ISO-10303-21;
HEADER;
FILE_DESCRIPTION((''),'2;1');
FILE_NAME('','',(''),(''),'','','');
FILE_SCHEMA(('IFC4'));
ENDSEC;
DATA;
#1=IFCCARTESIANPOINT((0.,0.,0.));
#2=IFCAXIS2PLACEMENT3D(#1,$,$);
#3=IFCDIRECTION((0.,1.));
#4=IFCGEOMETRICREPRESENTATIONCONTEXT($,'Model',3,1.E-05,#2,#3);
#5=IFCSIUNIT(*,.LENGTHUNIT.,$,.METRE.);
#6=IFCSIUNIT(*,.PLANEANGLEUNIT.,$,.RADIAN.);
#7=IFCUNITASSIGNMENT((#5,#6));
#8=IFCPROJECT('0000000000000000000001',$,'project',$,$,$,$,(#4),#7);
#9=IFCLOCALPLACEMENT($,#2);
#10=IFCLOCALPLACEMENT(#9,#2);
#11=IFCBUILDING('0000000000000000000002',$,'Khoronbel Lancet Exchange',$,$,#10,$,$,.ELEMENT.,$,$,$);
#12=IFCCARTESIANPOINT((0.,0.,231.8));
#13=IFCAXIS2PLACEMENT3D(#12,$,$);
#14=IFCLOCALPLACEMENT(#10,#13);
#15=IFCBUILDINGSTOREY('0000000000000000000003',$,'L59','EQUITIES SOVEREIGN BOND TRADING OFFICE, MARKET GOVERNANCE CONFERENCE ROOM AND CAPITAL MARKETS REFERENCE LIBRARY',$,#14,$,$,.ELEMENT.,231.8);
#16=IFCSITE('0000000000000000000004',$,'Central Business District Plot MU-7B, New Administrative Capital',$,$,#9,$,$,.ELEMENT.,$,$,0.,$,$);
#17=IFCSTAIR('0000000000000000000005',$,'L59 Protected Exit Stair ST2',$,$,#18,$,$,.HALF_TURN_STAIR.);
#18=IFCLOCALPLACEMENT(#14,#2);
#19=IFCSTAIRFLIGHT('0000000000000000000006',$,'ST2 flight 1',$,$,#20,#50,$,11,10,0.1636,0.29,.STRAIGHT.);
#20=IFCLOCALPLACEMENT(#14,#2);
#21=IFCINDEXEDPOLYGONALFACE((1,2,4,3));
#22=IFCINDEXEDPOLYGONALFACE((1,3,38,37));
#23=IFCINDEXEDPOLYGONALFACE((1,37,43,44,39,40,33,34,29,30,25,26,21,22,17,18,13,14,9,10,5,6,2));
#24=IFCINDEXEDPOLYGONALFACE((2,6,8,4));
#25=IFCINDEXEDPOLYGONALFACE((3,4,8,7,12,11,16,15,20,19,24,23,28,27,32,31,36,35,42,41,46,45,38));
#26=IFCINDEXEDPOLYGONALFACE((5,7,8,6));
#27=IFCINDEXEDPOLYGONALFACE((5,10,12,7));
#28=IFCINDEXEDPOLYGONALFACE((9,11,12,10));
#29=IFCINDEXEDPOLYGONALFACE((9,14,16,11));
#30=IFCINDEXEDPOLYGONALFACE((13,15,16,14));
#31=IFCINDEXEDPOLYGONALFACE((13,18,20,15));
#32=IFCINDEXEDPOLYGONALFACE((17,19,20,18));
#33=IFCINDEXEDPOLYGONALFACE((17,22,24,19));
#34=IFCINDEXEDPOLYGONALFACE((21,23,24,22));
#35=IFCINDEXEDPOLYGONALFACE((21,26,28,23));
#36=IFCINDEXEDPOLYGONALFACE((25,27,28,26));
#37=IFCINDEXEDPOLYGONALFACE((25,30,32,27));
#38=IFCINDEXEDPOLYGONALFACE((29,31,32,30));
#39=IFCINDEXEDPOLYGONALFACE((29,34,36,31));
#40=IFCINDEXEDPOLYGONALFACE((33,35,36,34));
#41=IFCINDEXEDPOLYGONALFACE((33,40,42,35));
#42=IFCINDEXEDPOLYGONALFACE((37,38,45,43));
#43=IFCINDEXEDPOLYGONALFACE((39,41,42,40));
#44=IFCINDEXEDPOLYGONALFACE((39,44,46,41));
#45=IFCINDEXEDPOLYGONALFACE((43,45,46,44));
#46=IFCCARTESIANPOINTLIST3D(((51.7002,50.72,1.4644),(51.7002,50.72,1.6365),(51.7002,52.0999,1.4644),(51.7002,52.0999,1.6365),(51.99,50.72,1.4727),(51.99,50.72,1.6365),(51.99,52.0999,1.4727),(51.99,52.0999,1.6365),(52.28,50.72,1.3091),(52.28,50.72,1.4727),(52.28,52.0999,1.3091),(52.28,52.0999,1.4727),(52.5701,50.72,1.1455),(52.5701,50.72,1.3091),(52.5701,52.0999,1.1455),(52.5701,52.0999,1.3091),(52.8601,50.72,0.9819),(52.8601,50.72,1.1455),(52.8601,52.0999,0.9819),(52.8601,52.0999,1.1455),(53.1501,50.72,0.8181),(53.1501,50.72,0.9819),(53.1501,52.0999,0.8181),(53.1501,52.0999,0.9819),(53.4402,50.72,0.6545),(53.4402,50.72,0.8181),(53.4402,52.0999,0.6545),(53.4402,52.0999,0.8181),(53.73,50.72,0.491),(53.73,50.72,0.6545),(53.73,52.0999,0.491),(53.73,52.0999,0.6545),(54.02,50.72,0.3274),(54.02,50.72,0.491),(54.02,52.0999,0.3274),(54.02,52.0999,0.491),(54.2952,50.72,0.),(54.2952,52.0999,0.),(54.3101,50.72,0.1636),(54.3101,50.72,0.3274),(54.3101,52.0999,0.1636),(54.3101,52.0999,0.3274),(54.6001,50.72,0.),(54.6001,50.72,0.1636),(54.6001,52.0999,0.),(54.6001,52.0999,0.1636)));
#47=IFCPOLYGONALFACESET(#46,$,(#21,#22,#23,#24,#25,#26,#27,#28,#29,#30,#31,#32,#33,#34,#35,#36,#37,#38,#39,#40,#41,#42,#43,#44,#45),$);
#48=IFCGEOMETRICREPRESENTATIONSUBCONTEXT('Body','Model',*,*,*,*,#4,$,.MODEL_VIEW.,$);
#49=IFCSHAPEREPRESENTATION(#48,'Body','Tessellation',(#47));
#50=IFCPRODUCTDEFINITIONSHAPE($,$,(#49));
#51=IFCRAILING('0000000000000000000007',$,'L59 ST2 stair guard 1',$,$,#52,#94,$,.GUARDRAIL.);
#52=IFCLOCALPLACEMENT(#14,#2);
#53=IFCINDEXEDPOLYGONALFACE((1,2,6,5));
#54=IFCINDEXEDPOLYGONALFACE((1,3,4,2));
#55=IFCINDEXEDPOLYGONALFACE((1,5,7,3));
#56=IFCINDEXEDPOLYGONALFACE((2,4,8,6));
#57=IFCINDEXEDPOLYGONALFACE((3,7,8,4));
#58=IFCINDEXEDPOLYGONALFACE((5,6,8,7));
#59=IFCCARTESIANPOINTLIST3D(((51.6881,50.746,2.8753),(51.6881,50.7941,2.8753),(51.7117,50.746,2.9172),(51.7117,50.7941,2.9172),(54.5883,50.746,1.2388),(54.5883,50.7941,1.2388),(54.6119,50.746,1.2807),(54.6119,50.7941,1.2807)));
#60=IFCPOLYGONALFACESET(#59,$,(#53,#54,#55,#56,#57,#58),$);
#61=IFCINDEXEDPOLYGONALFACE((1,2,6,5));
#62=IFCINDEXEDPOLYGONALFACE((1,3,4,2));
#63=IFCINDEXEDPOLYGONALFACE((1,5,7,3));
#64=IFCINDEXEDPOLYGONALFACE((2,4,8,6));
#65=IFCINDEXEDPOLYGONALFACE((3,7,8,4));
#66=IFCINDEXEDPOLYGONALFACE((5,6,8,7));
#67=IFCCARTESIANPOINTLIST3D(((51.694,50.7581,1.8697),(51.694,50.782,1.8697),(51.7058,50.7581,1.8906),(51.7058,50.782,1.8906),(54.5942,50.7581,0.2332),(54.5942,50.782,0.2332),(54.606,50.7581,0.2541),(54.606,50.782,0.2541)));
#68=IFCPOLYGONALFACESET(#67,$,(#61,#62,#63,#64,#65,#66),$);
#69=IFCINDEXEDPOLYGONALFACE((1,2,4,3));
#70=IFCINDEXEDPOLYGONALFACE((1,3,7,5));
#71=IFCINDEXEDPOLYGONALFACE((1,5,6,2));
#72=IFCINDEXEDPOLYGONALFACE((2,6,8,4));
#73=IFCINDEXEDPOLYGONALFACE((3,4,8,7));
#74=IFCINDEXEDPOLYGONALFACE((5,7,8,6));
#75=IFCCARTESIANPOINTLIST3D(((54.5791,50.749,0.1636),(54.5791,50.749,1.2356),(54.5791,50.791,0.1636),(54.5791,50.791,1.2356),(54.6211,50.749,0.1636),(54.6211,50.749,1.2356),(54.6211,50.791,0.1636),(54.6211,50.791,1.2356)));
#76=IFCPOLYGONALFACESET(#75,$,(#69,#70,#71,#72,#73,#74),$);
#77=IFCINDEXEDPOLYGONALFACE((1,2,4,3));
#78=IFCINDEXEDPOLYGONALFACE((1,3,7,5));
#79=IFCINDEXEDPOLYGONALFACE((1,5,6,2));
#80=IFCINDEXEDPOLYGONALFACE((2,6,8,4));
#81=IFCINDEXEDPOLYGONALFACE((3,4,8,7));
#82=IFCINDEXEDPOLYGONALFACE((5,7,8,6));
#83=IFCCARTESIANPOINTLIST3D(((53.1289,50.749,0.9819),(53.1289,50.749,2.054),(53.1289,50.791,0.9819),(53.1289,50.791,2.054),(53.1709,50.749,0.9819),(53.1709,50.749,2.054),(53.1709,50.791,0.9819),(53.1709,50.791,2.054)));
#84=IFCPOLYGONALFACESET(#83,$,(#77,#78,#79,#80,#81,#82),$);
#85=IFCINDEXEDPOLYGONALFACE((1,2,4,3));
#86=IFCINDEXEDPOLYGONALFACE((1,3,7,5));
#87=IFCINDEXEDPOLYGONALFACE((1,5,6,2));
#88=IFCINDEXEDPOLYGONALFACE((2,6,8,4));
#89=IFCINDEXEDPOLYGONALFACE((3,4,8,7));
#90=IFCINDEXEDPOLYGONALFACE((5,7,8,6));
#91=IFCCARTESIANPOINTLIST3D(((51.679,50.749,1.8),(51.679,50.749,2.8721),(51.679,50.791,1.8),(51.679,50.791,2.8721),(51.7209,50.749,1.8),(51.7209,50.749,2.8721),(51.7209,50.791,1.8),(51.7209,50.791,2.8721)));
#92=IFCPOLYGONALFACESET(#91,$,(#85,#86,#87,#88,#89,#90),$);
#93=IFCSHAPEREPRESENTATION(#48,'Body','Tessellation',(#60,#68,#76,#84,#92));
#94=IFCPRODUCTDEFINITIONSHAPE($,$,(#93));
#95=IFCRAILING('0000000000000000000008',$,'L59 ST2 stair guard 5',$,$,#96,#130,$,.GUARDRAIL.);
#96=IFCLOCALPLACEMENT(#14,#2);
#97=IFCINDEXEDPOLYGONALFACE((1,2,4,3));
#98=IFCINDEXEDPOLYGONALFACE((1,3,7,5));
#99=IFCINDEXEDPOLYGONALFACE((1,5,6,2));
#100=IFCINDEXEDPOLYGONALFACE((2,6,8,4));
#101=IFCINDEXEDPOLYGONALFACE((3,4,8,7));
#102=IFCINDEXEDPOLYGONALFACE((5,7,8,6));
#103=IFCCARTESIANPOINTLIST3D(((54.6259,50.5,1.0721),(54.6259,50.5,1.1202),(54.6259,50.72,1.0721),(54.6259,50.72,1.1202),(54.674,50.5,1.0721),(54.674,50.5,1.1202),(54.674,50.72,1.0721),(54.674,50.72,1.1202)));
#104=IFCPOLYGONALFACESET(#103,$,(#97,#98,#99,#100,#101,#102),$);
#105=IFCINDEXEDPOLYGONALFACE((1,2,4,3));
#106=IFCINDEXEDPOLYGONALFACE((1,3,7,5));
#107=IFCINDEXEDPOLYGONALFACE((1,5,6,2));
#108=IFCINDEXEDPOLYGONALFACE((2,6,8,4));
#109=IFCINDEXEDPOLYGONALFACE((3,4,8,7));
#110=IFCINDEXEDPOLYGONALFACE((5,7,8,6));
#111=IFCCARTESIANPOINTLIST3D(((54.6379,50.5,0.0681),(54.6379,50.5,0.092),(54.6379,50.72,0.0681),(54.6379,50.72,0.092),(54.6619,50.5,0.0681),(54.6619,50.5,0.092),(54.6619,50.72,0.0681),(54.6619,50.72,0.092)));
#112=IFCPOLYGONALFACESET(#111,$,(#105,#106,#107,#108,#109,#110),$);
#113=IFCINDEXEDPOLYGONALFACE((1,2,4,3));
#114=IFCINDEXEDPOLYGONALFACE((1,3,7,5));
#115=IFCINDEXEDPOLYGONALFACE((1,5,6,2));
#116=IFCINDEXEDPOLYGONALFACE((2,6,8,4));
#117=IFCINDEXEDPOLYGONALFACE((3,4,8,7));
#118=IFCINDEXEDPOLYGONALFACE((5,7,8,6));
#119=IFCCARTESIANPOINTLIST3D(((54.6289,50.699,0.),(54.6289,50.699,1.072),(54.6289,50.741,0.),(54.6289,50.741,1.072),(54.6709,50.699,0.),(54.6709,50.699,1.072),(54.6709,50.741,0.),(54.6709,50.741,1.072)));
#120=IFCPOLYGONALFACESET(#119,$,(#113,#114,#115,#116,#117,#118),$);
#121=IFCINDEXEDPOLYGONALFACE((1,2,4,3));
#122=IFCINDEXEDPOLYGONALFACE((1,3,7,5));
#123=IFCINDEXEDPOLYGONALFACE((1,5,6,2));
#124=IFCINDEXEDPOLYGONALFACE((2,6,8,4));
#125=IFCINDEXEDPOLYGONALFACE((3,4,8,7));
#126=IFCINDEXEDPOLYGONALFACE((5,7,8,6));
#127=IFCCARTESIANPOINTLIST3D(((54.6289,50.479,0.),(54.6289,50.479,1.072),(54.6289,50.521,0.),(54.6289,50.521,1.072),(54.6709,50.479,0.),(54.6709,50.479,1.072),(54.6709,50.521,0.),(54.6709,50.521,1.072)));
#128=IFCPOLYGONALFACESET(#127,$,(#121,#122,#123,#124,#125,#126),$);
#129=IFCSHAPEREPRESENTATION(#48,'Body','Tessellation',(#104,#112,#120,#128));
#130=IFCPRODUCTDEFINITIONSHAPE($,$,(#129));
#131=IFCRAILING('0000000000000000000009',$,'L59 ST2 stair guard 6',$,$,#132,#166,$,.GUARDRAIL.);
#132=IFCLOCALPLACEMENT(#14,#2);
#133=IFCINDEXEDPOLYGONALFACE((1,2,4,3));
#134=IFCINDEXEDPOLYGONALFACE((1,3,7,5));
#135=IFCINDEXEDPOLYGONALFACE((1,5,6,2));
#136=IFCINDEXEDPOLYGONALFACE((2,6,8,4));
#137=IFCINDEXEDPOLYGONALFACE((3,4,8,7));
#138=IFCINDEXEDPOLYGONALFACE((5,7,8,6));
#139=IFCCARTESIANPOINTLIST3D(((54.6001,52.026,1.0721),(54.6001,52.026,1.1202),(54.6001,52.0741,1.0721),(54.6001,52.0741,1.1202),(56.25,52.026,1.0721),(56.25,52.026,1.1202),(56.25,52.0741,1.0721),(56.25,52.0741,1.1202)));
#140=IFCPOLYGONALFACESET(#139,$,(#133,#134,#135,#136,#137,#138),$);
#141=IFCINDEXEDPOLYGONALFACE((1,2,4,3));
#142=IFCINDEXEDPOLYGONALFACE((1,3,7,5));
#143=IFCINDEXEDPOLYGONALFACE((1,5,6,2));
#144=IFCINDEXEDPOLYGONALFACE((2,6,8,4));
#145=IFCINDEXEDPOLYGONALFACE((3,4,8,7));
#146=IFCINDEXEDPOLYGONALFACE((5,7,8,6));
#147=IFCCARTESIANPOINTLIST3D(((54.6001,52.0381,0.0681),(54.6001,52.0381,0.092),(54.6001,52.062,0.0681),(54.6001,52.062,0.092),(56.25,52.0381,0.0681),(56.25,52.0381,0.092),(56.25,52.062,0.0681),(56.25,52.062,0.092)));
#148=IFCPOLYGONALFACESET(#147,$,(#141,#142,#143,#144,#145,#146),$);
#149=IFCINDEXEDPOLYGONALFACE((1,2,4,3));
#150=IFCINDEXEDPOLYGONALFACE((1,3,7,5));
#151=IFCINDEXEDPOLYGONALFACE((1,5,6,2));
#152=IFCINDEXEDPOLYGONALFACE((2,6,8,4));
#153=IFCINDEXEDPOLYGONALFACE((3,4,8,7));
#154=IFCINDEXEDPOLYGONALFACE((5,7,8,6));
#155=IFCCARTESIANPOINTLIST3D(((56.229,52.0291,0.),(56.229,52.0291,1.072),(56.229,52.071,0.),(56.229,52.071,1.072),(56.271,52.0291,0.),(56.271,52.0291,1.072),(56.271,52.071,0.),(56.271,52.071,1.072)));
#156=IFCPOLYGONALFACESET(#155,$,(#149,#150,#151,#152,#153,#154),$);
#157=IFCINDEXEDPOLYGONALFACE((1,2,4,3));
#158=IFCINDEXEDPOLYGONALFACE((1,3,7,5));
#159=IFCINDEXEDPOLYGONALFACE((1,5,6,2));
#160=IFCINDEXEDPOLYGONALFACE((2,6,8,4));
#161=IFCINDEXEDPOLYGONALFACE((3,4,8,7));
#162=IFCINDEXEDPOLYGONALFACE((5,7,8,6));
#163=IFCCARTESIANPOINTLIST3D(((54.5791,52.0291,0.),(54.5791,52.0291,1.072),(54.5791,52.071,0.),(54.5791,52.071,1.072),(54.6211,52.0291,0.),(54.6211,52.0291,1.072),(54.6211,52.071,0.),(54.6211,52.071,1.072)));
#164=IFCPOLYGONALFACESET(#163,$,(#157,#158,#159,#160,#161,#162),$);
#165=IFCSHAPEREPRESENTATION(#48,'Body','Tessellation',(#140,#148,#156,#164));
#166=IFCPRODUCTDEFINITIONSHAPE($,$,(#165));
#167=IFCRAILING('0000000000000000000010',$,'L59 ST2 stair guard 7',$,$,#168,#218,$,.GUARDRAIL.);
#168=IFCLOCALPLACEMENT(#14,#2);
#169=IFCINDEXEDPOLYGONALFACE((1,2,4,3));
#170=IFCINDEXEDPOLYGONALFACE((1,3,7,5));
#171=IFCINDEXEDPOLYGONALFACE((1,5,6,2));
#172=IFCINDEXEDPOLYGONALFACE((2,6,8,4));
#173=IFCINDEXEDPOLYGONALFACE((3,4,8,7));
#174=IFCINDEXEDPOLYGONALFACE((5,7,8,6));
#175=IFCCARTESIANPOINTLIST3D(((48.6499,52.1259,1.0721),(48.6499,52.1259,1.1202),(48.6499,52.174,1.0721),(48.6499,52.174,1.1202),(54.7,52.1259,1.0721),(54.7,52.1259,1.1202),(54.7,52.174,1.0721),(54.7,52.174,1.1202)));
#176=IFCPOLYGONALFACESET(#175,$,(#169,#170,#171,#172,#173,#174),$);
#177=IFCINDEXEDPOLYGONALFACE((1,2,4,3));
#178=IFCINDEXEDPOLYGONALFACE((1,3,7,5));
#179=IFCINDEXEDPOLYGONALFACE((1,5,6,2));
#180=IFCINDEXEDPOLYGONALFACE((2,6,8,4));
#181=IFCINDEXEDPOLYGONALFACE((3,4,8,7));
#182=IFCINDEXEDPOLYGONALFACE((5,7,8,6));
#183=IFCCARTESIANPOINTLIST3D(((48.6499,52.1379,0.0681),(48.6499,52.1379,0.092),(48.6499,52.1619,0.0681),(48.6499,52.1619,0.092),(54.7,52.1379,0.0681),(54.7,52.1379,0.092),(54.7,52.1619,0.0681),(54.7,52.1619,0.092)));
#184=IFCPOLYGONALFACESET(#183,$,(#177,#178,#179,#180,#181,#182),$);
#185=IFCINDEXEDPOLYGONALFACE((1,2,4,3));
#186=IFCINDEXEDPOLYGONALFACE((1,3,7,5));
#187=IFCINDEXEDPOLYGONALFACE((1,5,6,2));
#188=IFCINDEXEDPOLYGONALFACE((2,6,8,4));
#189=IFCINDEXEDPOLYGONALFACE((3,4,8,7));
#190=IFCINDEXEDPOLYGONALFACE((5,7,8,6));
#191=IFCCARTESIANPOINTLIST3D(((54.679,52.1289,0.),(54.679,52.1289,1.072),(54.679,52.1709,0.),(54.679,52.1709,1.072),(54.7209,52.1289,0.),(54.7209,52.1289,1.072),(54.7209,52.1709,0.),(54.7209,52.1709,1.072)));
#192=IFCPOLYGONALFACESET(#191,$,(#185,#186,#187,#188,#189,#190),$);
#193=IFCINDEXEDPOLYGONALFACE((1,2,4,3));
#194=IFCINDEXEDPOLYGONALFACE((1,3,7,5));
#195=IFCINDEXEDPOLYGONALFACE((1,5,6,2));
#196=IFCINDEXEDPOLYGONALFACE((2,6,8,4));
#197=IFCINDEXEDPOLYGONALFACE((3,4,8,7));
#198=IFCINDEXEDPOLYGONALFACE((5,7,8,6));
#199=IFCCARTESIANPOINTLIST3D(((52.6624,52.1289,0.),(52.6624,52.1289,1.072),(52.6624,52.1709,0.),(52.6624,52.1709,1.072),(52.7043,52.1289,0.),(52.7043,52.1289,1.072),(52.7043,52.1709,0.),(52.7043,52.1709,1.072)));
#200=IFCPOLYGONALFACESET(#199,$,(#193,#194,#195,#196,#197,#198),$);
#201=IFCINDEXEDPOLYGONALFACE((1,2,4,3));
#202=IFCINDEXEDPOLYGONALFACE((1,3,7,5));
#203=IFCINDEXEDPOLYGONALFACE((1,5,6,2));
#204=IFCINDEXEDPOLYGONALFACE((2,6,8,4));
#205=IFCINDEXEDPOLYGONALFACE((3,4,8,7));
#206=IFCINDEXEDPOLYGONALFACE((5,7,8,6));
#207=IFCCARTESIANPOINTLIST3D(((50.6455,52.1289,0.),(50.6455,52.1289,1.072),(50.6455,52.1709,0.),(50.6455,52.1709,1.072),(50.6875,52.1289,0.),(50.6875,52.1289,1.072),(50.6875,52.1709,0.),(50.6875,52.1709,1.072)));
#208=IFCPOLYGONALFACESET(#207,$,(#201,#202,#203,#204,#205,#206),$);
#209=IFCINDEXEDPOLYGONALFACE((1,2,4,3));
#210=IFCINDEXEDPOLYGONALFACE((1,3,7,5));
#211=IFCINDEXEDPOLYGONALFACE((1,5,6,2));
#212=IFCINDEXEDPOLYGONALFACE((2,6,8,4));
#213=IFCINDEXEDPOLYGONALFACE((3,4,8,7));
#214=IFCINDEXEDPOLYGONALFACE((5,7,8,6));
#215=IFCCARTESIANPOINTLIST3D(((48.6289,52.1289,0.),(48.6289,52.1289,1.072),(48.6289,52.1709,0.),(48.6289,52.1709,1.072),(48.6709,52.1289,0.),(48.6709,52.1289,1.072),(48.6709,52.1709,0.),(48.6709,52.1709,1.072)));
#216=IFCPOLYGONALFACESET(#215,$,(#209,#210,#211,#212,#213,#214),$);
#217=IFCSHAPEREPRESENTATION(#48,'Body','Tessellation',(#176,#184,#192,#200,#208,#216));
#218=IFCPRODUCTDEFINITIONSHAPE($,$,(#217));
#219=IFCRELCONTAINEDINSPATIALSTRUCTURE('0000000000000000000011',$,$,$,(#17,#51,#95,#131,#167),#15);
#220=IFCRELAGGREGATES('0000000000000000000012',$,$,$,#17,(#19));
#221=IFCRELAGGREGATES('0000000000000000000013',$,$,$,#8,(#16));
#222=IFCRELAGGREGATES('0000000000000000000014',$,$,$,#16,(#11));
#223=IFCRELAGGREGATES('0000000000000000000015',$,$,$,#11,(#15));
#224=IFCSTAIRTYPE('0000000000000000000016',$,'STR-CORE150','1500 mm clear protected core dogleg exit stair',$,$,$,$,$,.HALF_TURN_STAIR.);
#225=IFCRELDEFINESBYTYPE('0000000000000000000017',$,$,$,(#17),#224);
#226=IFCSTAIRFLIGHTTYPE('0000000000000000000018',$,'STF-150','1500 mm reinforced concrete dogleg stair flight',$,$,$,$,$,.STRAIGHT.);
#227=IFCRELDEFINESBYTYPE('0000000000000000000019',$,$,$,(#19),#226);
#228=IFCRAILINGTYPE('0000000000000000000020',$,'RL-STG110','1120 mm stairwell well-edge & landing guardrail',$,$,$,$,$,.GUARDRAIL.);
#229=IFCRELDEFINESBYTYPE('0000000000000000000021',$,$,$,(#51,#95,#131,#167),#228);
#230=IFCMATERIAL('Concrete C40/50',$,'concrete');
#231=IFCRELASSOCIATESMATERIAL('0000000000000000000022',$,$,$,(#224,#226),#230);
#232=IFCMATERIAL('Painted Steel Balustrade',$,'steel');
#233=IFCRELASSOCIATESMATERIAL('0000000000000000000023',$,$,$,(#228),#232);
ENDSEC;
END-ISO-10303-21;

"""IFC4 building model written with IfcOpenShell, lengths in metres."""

from ifc_helpers import new_model, si_unit, direction, frame, origin, origin_2d, place, context, subcontext, project, spatial, polyline, rectangle, outline, extrude, material, type_object, element, aggregate, save


model = new_model("IFC4")

# Units and contexts
model_context = context("Model", 3, precision=1e-05, world=origin(), true_north=direction((0.0, 1.0)))
body_context = subcontext(model_context, "Body", "Model", "MODEL_VIEW")
ifc_project = project(units=[si_unit("LENGTHUNIT", "METRE"), si_unit("PLANEANGLEUNIT", "RADIAN")], contexts=[model_context])

# Site, building, storey
site_placement = place(None, origin())
site = spatial("IfcSite", under=ifc_project, at=site_placement, Name="Central Business District Plot MU-7B, New Administrative Capital", CompositionType="ELEMENT", RefElevation=0.0)
building_placement = place(site_placement, origin())
building = spatial("IfcBuilding", under=site, at=building_placement, Name="Khoronbel Lancet Exchange", CompositionType="ELEMENT")
storey_placement = place(building_placement, frame((0.0, 0.0, 231.8)))
storey = spatial("IfcBuildingStorey", under=building, at=storey_placement, Name="L59", Description="EQUITIES SOVEREIGN BOND TRADING OFFICE, MARKET GOVERNANCE CONFERENCE ROOM AND CAPITAL MARKETS REFERENCE LIBRARY", CompositionType="ELEMENT", Elevation=231.8)

# Stair, stair flight
ifc_material_1 = material(Name="Concrete C40/50", Category="concrete")
stair_type = type_object("IfcStairType", Name="STR-CORE150", Description="1500 mm clear protected core dogleg exit stair", PredefinedType="HALF_TURN_STAIR", material=ifc_material_1)
stair_placement = place(storey_placement, origin())
stair = element("IfcStair", 1, at=stair_placement, inside=storey, type_object=stair_type, Name="L59 Protected Exit Stair ST2", PredefinedType="HALF_TURN_STAIR")
stair_flight_type = type_object("IfcStairFlightType", Name="STF-150", Description="1500 mm reinforced concrete dogleg stair flight", PredefinedType="STRAIGHT", material=ifc_material_1)
stair_flight_placement = place(storey_placement, frame((54.6001, 51.4099, 0.0), z_axis=(0.0, 0.0, 1.0), x_axis=(-1.0, 0.0, 0.0)))
stair_flight = element("IfcStairFlight", 2, at=stair_flight_placement, type_object=stair_flight_type, Name="ST2 flight 1", NumberOfRisers=11, NumberOfTreads=10, PredefinedType="STRAIGHT", RiserHeight=0.1636, TreadLength=0.29, context=body_context, shape_type="SweptSolid", body=[
    extrude(outline(polyline([(0.0, 0.0), (0.0, 0.1636), (0.29, 0.1636), (0.29, 0.3274), (0.5801, 0.3274), (0.5801, 0.491), (0.8701, 0.491), (0.8701, 0.6545), (1.1599, 0.6545), (1.1599, 0.8181), (1.45, 0.8181), (1.45, 0.9819), (1.74, 0.9819), (1.74, 1.1455), (2.03, 1.1455), (2.03, 1.3091), (2.3201, 1.3091), (2.3201, 1.4727), (2.6101, 1.4727), (2.6101, 1.6365), (2.8999, 1.6365), (2.8999, 1.8), (2.8999, 1.4644), (0.3049, 0.0), (0.0, 0.0)])), frame((0.0, 0.6899, 0.0), z_axis=(0.0, -1.0, 0.0), x_axis=(1.0, 0.0, 0.0)), (0.0, 0.0, 1.0), 1.3799),
])
aggregate(stair, [stair_flight])

# Railings
ifc_material_2 = material(Name="Painted Steel Balustrade", Category="steel")
railing_type_1 = type_object("IfcRailingType", Name="RL-STG110", Description="1120 mm stairwell well-edge & landing guardrail", PredefinedType="GUARDRAIL", material=ifc_material_2)
railing_1_placement = place(storey_placement, frame((54.6001, 50.77, 0.1636)))
element("IfcRailing", 3, at=railing_1_placement, inside=storey, type_object=railing_type_1, Name="L59 ST2 stair guard 1", PredefinedType="GUARDRAIL", context=body_context, shape_type="SweptSolid", body=[
    extrude(rectangle(XDim=0.0481, YDim=0.0481, at=origin_2d()), frame((0.0, 0.0, 1.0962), z_axis=(-0.870915, 0.0, 0.491434), x_axis=(0.0, -1.0, 0.0)), (0.0, 0.0, 1.0), 3.3301),
    extrude(rectangle(XDim=0.0239, YDim=0.0239, at=origin_2d()), frame((0.0, 0.0, 0.0801), z_axis=(-0.870915, 0.0, 0.491434), x_axis=(0.0, -1.0, 0.0)), (0.0, 0.0, 1.0), 3.3301),
    extrude(rectangle(XDim=0.042, YDim=0.042, at=origin_2d()), origin(), (0.0, 0.0, 1.0), 1.072),
    extrude(rectangle(XDim=0.042, YDim=0.042, at=origin_2d()), frame((-1.4502, 0.0, 0.8184)), (0.0, 0.0, 1.0), 1.072),
    extrude(rectangle(XDim=0.042, YDim=0.042, at=origin_2d()), frame((-2.9001, 0.0, 1.6365)), (0.0, 0.0, 1.0), 1.072),
])
railing_2_placement = place(storey_placement, frame((54.6499, 50.72, 0.0)))
element("IfcRailing", 4, at=railing_2_placement, inside=storey, type_object=railing_type_1, Name="L59 ST2 stair guard 5", PredefinedType="GUARDRAIL", context=body_context, shape_type="SweptSolid", body=[
    extrude(rectangle(XDim=0.0481, YDim=0.0481, at=origin_2d()), frame((0.0, 0.0, 1.0962), z_axis=(0.0, -1.0, 0.0), x_axis=(1.0, 0.0, 0.0)), (0.0, 0.0, 1.0), 0.22),
    extrude(rectangle(XDim=0.0239, YDim=0.0239, at=origin_2d()), frame((0.0, 0.0, 0.0801), z_axis=(0.0, -1.0, 0.0), x_axis=(1.0, 0.0, 0.0)), (0.0, 0.0, 1.0), 0.22),
    extrude(rectangle(XDim=0.042, YDim=0.042, at=origin_2d()), origin(), (0.0, 0.0, 1.0), 1.072),
    extrude(rectangle(XDim=0.042, YDim=0.042, at=origin_2d()), frame((0.0, -0.22, 0.0)), (0.0, 0.0, 1.0), 1.072),
])
railing_3_placement = place(storey_placement, frame((56.25, 52.05, 0.0)))
element("IfcRailing", 5, at=railing_3_placement, inside=storey, type_object=railing_type_1, Name="L59 ST2 stair guard 6", PredefinedType="GUARDRAIL", context=body_context, shape_type="SweptSolid", body=[
    extrude(rectangle(XDim=0.0481, YDim=0.0481, at=origin_2d()), frame((0.0, 0.0, 1.0962), z_axis=(-1.0, 0.0, 0.0), x_axis=(0.0, -1.0, 0.0)), (0.0, 0.0, 1.0), 1.6499),
    extrude(rectangle(XDim=0.0239, YDim=0.0239, at=origin_2d()), frame((0.0, 0.0, 0.0801), z_axis=(-1.0, 0.0, 0.0), x_axis=(0.0, -1.0, 0.0)), (0.0, 0.0, 1.0), 1.6499),
    extrude(rectangle(XDim=0.042, YDim=0.042, at=origin_2d()), origin(), (0.0, 0.0, 1.0), 1.072),
    extrude(rectangle(XDim=0.042, YDim=0.042, at=origin_2d()), frame((-1.6499, 0.0, 0.0)), (0.0, 0.0, 1.0), 1.072),
])
railing_4_placement = place(storey_placement, frame((54.7, 52.1499, 0.0)))
element("IfcRailing", 6, at=railing_4_placement, inside=storey, type_object=railing_type_1, Name="L59 ST2 stair guard 7", PredefinedType="GUARDRAIL", context=body_context, shape_type="SweptSolid", body=[
    extrude(rectangle(XDim=0.0481, YDim=0.0481, at=origin_2d()), frame((0.0, 0.0, 1.0962), z_axis=(-1.0, 0.0, 0.0), x_axis=(0.0, -1.0, 0.0)), (0.0, 0.0, 1.0), 6.05),
    extrude(rectangle(XDim=0.0239, YDim=0.0239, at=origin_2d()), frame((0.0, 0.0, 0.0801), z_axis=(-1.0, 0.0, 0.0), x_axis=(0.0, -1.0, 0.0)), (0.0, 0.0, 1.0), 6.05),
    extrude(rectangle(XDim=0.042, YDim=0.042, at=origin_2d()), origin(), (0.0, 0.0, 1.0), 1.072),
    extrude(rectangle(XDim=0.042, YDim=0.042, at=origin_2d()), frame((-2.0166, 0.0, 0.0)), (0.0, 0.0, 1.0), 1.072),
    extrude(rectangle(XDim=0.042, YDim=0.042, at=origin_2d()), frame((-4.0334, 0.0, 0.0)), (0.0, 0.0, 1.0), 1.072),
    extrude(rectangle(XDim=0.042, YDim=0.042, at=origin_2d()), frame((-6.05, 0.0, 0.0)), (0.0, 0.0, 1.0), 1.072),
])

save(model, "model.ifc")
